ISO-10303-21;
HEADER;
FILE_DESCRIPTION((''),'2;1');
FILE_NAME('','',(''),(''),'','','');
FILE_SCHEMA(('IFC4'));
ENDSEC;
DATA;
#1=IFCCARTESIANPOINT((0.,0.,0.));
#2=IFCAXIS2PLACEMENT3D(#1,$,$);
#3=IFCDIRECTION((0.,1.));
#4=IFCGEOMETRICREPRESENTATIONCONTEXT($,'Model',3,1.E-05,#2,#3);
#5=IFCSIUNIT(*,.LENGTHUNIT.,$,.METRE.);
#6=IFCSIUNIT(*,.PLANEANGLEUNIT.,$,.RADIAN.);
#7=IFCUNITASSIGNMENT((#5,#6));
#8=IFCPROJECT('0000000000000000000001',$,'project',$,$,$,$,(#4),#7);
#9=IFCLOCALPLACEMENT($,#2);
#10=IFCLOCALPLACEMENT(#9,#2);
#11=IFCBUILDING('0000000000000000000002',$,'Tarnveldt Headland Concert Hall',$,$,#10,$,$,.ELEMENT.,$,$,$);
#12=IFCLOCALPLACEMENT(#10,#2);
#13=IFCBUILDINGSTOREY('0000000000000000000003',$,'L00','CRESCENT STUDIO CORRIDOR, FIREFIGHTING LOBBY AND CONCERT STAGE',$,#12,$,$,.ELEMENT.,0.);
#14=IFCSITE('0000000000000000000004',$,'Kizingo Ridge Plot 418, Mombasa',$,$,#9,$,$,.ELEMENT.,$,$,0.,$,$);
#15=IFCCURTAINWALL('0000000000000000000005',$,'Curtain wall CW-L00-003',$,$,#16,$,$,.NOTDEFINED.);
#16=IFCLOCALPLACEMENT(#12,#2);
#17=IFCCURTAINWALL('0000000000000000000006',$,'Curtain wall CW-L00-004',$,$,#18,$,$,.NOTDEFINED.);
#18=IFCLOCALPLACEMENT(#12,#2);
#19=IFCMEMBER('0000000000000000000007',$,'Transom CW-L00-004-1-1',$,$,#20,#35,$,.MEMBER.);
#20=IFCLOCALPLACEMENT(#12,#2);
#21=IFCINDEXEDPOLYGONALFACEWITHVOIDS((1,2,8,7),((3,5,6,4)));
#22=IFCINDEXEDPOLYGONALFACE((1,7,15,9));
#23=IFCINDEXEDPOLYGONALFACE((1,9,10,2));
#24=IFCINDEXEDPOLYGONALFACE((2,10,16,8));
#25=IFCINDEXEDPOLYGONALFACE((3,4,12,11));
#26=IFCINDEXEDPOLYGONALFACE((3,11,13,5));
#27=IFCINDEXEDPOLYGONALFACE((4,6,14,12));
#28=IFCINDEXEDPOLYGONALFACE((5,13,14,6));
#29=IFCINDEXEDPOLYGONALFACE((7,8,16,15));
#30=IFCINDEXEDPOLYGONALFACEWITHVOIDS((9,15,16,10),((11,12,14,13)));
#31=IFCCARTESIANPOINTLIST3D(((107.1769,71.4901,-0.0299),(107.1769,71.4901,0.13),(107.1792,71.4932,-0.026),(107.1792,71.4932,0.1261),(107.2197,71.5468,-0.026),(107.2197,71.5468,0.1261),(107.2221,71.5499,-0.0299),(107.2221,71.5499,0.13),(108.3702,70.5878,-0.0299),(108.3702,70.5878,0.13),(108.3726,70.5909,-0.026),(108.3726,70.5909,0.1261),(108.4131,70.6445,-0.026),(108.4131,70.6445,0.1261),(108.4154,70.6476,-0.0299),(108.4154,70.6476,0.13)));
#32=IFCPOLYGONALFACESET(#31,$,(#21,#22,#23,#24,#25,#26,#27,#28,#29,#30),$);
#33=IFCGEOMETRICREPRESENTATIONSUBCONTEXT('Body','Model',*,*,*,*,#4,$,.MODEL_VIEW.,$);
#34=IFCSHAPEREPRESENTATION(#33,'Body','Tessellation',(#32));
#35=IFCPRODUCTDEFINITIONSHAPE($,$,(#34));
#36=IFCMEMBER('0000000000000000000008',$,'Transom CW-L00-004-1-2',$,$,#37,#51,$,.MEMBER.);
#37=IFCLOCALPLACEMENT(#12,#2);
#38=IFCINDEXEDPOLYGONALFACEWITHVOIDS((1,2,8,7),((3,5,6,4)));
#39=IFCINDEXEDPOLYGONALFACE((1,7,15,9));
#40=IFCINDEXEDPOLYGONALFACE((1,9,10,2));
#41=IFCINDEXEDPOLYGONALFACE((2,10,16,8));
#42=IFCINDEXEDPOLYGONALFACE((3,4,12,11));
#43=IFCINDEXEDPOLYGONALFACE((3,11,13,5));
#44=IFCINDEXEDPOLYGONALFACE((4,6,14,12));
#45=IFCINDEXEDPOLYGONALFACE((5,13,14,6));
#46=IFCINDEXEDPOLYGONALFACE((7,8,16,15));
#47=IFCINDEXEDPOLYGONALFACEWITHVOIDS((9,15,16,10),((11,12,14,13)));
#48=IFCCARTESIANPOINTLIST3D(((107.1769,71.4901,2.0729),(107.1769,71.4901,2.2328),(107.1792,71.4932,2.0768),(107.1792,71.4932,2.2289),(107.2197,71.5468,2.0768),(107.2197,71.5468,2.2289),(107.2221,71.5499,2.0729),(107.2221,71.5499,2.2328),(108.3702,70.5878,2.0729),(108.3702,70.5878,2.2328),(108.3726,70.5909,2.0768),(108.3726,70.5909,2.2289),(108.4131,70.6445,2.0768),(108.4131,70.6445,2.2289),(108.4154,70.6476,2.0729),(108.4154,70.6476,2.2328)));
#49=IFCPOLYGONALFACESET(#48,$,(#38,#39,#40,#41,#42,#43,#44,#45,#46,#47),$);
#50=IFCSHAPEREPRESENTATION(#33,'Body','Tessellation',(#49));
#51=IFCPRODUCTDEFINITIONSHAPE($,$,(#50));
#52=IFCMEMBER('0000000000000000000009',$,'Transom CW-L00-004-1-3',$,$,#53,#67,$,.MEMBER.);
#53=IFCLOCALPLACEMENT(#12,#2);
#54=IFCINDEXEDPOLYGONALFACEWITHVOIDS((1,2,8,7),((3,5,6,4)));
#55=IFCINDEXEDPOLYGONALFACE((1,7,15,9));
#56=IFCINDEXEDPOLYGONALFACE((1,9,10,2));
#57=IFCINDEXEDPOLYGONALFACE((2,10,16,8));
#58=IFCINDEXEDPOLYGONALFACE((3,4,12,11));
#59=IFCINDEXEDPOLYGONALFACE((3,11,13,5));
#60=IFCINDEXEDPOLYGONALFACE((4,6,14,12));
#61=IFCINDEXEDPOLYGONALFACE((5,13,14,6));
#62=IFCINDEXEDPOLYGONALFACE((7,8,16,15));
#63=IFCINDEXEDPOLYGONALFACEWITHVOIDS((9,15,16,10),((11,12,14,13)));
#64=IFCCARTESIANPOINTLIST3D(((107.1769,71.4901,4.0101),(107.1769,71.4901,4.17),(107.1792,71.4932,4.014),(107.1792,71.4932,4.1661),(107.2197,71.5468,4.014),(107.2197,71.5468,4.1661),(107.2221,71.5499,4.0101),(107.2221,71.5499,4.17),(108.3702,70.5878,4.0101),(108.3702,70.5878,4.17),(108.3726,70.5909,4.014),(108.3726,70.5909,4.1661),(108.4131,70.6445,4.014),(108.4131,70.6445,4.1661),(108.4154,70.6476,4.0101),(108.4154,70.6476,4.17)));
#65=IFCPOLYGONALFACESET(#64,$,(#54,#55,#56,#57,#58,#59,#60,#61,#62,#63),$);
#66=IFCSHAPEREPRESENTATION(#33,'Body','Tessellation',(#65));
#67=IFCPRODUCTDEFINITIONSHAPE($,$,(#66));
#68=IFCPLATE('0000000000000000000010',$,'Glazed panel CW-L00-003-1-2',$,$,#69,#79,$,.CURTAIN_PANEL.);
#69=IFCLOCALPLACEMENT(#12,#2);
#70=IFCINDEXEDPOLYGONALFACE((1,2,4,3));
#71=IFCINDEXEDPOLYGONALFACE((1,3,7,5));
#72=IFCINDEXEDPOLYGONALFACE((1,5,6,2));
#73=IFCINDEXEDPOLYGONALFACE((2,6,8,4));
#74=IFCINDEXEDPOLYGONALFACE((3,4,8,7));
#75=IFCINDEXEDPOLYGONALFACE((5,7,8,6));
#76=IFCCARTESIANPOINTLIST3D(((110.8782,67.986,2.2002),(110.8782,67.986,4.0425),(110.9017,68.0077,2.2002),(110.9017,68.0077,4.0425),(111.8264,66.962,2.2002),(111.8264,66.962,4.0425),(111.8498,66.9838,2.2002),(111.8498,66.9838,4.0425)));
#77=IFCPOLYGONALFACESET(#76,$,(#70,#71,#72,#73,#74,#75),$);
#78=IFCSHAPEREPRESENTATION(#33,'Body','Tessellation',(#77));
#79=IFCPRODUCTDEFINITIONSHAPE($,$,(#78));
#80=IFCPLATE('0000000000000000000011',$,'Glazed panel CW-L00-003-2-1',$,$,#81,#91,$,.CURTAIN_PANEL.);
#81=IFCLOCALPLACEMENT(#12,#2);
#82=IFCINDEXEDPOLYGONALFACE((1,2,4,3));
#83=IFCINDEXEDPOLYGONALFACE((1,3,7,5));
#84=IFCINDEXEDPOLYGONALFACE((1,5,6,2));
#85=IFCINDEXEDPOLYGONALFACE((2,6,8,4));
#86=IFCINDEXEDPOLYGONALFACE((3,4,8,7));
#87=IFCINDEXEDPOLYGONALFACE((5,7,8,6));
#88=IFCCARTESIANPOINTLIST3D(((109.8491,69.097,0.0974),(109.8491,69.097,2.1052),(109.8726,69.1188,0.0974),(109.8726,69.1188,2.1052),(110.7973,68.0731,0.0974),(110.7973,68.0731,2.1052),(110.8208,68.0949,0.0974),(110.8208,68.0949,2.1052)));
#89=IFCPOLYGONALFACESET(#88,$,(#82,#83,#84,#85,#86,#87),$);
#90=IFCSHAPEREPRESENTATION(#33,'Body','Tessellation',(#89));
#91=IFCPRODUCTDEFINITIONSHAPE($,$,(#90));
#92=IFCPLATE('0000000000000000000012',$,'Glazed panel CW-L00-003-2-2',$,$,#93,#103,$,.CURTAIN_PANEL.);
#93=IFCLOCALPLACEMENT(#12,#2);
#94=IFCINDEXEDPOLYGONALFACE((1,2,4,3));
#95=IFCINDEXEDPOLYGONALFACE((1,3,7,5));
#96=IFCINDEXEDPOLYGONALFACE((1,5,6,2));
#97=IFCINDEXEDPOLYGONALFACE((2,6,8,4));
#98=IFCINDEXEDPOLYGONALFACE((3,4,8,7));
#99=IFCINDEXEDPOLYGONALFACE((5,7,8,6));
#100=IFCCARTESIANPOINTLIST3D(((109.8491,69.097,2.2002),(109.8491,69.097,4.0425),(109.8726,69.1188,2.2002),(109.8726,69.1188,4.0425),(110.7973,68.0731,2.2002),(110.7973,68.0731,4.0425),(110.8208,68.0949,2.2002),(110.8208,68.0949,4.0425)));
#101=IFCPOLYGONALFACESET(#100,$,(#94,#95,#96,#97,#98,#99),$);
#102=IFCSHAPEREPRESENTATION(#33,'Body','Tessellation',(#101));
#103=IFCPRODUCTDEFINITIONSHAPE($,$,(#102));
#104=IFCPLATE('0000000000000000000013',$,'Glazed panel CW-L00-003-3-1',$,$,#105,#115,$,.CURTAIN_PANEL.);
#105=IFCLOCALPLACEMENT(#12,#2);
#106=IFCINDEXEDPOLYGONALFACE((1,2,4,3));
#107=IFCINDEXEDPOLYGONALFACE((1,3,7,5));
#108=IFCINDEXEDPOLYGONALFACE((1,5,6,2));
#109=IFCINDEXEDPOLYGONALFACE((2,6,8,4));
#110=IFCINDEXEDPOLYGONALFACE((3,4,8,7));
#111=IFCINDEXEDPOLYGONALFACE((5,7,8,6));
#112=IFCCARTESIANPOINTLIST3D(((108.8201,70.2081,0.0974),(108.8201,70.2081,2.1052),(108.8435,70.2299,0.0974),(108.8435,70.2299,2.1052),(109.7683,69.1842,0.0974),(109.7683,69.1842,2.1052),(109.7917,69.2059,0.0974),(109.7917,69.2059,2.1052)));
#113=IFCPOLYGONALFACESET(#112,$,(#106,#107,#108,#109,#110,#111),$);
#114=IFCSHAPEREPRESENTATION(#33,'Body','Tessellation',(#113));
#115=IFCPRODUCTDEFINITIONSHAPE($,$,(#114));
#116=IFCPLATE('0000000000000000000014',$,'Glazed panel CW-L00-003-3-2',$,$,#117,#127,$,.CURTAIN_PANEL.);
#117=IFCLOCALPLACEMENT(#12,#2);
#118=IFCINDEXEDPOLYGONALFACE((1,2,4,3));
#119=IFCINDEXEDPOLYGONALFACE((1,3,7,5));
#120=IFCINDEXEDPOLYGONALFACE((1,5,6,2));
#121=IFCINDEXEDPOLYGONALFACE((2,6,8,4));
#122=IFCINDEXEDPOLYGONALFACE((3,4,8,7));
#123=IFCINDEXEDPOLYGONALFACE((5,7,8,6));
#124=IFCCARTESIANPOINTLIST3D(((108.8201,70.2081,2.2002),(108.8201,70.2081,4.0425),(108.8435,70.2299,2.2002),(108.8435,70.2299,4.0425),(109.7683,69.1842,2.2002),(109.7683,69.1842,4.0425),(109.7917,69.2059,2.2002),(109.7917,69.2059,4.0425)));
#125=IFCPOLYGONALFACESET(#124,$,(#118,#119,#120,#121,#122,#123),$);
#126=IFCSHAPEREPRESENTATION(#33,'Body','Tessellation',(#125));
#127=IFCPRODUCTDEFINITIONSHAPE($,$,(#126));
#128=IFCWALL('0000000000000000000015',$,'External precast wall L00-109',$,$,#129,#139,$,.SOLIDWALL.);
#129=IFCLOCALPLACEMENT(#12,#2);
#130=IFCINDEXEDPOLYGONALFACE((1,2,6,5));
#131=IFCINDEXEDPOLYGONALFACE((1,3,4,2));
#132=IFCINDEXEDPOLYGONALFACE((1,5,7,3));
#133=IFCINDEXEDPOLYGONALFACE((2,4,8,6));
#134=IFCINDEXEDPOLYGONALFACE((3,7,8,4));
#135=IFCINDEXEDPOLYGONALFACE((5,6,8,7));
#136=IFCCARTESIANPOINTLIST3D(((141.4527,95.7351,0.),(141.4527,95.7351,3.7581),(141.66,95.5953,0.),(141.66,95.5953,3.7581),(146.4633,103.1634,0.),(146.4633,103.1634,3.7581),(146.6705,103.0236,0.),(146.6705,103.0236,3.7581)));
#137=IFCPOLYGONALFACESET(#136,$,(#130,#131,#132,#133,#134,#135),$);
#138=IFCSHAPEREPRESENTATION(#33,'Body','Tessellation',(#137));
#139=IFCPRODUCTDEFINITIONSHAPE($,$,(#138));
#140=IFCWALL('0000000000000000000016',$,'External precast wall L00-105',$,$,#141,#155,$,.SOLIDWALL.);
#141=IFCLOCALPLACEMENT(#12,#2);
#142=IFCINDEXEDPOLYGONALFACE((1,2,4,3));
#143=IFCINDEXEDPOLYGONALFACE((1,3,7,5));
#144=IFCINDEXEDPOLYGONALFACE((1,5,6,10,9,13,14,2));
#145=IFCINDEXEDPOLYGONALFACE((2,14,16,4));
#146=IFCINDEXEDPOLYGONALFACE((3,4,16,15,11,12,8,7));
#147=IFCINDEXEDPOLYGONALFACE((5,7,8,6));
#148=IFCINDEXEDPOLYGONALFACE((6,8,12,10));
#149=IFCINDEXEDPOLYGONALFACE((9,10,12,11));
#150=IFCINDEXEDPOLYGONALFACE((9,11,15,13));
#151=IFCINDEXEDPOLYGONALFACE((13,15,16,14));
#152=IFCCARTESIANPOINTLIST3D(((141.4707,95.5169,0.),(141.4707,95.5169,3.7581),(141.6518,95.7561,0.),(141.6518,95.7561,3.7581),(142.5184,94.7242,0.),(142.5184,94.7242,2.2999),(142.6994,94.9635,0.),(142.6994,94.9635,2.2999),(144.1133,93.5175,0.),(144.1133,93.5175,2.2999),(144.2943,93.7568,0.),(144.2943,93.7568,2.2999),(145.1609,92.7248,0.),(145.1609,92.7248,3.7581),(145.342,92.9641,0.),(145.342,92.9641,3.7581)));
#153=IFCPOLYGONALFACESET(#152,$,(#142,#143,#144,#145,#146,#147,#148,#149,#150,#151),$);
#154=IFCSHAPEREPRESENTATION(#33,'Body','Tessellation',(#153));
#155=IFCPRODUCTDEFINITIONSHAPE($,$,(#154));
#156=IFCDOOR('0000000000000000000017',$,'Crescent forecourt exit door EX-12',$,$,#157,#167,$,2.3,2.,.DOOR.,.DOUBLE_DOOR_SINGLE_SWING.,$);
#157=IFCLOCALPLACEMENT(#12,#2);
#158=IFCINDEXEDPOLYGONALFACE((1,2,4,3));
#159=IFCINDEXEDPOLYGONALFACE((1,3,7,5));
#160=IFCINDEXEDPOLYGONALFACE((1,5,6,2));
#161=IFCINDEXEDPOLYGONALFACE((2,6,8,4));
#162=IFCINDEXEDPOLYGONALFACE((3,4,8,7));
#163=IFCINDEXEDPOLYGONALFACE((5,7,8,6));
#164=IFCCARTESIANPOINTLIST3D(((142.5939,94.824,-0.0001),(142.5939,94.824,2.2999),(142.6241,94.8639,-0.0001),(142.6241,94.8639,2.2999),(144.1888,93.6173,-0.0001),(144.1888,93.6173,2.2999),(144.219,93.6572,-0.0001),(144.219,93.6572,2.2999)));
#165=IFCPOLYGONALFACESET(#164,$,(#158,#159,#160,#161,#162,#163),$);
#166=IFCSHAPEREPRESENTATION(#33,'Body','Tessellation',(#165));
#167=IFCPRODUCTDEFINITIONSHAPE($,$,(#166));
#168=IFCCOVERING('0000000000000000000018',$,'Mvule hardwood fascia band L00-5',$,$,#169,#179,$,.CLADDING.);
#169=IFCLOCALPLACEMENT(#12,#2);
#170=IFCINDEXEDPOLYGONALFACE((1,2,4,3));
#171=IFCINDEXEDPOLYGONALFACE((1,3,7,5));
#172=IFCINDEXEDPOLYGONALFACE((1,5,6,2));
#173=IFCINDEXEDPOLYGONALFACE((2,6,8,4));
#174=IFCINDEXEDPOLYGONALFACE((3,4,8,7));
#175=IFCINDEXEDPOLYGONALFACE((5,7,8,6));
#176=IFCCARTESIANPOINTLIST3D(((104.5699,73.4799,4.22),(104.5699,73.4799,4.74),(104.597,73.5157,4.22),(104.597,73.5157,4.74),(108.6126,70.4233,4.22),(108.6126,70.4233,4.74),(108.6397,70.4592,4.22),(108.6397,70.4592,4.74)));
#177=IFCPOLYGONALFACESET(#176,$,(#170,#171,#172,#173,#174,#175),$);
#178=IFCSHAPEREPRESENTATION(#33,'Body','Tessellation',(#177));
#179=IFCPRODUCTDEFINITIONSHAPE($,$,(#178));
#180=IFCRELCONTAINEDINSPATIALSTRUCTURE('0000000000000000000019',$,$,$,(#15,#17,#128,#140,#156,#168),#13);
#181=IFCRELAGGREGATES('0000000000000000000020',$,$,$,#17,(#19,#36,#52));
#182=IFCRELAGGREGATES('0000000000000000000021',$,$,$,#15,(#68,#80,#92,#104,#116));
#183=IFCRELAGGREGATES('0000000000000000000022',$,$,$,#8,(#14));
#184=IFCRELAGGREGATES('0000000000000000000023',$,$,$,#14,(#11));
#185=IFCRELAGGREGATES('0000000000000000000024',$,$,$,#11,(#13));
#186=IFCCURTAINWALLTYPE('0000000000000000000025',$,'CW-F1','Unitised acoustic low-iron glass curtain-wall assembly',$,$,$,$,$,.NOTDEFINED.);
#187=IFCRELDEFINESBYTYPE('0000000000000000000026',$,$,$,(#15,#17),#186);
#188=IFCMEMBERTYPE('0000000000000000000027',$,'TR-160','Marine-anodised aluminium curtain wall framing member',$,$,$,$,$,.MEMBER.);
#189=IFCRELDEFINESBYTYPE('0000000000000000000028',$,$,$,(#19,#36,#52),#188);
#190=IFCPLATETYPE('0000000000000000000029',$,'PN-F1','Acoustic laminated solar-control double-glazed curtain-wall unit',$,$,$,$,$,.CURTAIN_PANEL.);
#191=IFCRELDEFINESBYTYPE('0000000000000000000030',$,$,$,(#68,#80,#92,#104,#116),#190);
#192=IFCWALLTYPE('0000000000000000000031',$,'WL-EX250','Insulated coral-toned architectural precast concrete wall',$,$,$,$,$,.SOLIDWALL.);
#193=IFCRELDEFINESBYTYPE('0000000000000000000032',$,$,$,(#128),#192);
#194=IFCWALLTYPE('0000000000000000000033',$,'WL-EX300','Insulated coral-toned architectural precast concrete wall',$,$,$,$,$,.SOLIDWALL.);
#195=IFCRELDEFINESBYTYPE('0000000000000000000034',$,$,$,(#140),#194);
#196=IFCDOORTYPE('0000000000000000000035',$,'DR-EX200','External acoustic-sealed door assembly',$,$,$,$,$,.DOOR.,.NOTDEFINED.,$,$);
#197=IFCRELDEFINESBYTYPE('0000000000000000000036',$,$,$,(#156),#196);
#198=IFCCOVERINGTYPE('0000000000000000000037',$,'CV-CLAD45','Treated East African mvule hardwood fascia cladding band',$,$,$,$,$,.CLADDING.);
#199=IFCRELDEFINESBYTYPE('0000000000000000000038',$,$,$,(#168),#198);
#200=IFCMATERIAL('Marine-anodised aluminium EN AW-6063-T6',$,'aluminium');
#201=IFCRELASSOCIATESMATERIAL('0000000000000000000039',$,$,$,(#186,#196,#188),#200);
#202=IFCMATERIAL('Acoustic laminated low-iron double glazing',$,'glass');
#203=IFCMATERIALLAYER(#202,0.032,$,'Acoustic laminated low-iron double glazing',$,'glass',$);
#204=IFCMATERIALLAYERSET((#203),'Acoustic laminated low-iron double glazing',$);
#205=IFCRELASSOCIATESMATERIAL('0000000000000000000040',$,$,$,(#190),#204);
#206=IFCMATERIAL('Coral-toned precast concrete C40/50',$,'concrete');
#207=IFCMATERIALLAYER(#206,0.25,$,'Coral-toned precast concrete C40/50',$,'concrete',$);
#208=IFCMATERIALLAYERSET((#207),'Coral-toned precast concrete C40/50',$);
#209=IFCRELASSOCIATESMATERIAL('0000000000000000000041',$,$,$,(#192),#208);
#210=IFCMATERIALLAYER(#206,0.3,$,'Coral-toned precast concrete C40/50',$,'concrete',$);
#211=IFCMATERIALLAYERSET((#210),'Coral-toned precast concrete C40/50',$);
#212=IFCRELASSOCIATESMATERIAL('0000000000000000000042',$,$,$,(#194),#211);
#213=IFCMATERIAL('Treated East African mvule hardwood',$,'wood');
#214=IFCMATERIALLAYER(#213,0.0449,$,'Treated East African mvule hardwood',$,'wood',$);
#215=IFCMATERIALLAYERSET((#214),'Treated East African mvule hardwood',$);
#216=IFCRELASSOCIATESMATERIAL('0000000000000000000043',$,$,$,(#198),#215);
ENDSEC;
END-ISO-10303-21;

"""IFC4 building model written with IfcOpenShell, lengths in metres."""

from ifc_helpers import new_model, si_unit, direction, frame, frame_2d, origin, origin_2d, place, context, subcontext, project, spatial, rectangle, hollow_rectangle, extrude, material, layer, layer_set, material_profile, profile_set, type_object, element, fill, aggregate, save


model = new_model("IFC4")

# Units and contexts
model_context = context("Model", 3, precision=1e-05, world=origin(), true_north=direction((0.0, 1.0)))
body_context = subcontext(model_context, "Body", "Model", "MODEL_VIEW")
ifc_project = project(units=[si_unit("LENGTHUNIT", "METRE"), si_unit("PLANEANGLEUNIT", "RADIAN")], contexts=[model_context])

# Site, building, storey
site_placement = place(None, origin())
site = spatial("IfcSite", under=ifc_project, at=site_placement, Name="Kizingo Ridge Plot 418, Mombasa", CompositionType="ELEMENT", RefElevation=0.0)
building_placement = place(site_placement, origin())
building = spatial("IfcBuilding", under=site, at=building_placement, Name="Tarnveldt Headland Concert Hall", CompositionType="ELEMENT")
storey_placement = place(building_placement, origin())
storey = spatial("IfcBuildingStorey", under=building, at=storey_placement, Name="L00", Description="CRESCENT STUDIO CORRIDOR, FIREFIGHTING LOBBY AND CONCERT STAGE", CompositionType="ELEMENT", Elevation=0.0)

# Shared definitions
ifc_material_1 = material(Name="Marine-anodised aluminium EN AW-6063-T6", Category="aluminium")

# Curtain wall
curtain_wall_type_1 = type_object("IfcCurtainWallType", Name="CW-F1", Description="Unitised acoustic low-iron glass curtain-wall assembly", PredefinedType="NOTDEFINED", material=ifc_material_1)
curtain_wall_1_placement = place(storey_placement, origin())
curtain_wall_1 = element("IfcCurtainWall", 1, at=curtain_wall_1_placement, inside=storey, type_object=curtain_wall_type_1, Name="Curtain wall CW-L00-003", PredefinedType="NOTDEFINED")

# Curtain wall
curtain_wall_2_placement = place(storey_placement, origin())
curtain_wall_2 = element("IfcCurtainWall", 2, at=curtain_wall_2_placement, inside=storey, type_object=curtain_wall_type_1, Name="Curtain wall CW-L00-004", PredefinedType="NOTDEFINED")

# Members
ifc_material_profile_1 = material_profile(ifc_material_1, hollow_rectangle(XDim=0.075, YDim=0.1599, WallThickness=0.0039, at=origin_2d()), Name="ALU TRANSOM 75x160x4", Category="aluminium")
ifc_profile_set_1 = profile_set([ifc_material_profile_1], Name="Marine-anodised aluminium EN AW-6063-T6")
member_type_1 = type_object("IfcMemberType", Name="TR-160", Description="Marine-anodised aluminium curtain wall framing member", PredefinedType="MEMBER", material=ifc_profile_set_1)
member_1_placement = place(storey_placement, frame((108.3928, 70.6177, 0.05), z_axis=(-0.797644, 0.603129, 0.0), x_axis=(-0.603129, -0.797644, 0.0)))
member_1 = element("IfcMember", 3, at=member_1_placement, type_object=member_type_1, Name="Transom CW-L00-004-1-1", PredefinedType="MEMBER", context=body_context, shape_type="SweptSolid", body=[
    extrude(hollow_rectangle(XDim=0.075, YDim=0.1599, WallThickness=0.0039, at=origin_2d()), origin(), (0.0, 0.0, 1.0), 1.4961),
])
member_2_placement = place(storey_placement, frame((108.3928, 70.6177, 2.1528), z_axis=(-0.797644, 0.603129, 0.0), x_axis=(-0.603129, -0.797644, 0.0)))
member_2 = element("IfcMember", 4, at=member_2_placement, type_object=member_type_1, Name="Transom CW-L00-004-1-2", PredefinedType="MEMBER", context=body_context, shape_type="SweptSolid", body=[
    extrude(hollow_rectangle(XDim=0.075, YDim=0.1599, WallThickness=0.0039, at=origin_2d()), origin(), (0.0, 0.0, 1.0), 1.4961),
])
member_3_placement = place(storey_placement, frame((108.3928, 70.6177, 4.0901), z_axis=(-0.797644, 0.603129, 0.0), x_axis=(-0.603129, -0.797644, 0.0)))
member_3 = element("IfcMember", 5, at=member_3_placement, type_object=member_type_1, Name="Transom CW-L00-004-1-3", PredefinedType="MEMBER", context=body_context, shape_type="SweptSolid", body=[
    extrude(hollow_rectangle(XDim=0.075, YDim=0.1599, WallThickness=0.0039, at=origin_2d()), origin(), (0.0, 0.0, 1.0), 1.4961),
])
aggregate(curtain_wall_2, [member_1, member_2, member_3])

# Plates
ifc_material_2 = material(Name="Acoustic laminated low-iron double glazing", Category="glass")
ifc_layer_1 = layer(ifc_material_2, 0.032, Name="Acoustic laminated low-iron double glazing", Category="glass")
ifc_layer_set_1 = layer_set([ifc_layer_1], Name="Acoustic laminated low-iron double glazing")
plate_type = type_object("IfcPlateType", Name="PN-F1", Description="Acoustic laminated solar-control double-glazed curtain-wall unit", PredefinedType="CURTAIN_PANEL", material=ifc_layer_set_1)
plate_1_placement = place(storey_placement, frame((111.364, 67.4849, 2.2002), z_axis=(0.0, 0.0, 1.0), x_axis=(-0.679454, 0.733718, 0.0)))
plate_1 = element("IfcPlate", 6, at=plate_1_placement, type_object=plate_type, Name="Glazed panel CW-L00-003-1-2", PredefinedType="CURTAIN_PANEL", context=body_context, shape_type="SweptSolid", body=[
    extrude(rectangle(XDim=1.3955, YDim=0.032, at=origin_2d()), origin(), (0.0, 0.0, 1.0), 1.8423),
])
plate_2_placement = place(storey_placement, frame((110.335, 68.5959, 0.0974), z_axis=(0.0, 0.0, 1.0), x_axis=(-0.679454, 0.733718, 0.0)))
plate_2 = element("IfcPlate", 7, at=plate_2_placement, type_object=plate_type, Name="Glazed panel CW-L00-003-2-1", PredefinedType="CURTAIN_PANEL", context=body_context, shape_type="SweptSolid", body=[
    extrude(rectangle(XDim=1.3955, YDim=0.032, at=origin_2d()), origin(), (0.0, 0.0, 1.0), 2.0078),
])
plate_3_placement = place(storey_placement, frame((110.335, 68.5959, 2.2002), z_axis=(0.0, 0.0, 1.0), x_axis=(-0.679454, 0.733718, 0.0)))
plate_3 = element("IfcPlate", 8, at=plate_3_placement, type_object=plate_type, Name="Glazed panel CW-L00-003-2-2", PredefinedType="CURTAIN_PANEL", context=body_context, shape_type="SweptSolid", body=[
    extrude(rectangle(XDim=1.3955, YDim=0.032, at=origin_2d()), origin(), (0.0, 0.0, 1.0), 1.8423),
])
plate_4_placement = place(storey_placement, frame((109.3059, 69.707, 0.0974), z_axis=(0.0, 0.0, 1.0), x_axis=(-0.679454, 0.733718, 0.0)))
plate_4 = element("IfcPlate", 9, at=plate_4_placement, type_object=plate_type, Name="Glazed panel CW-L00-003-3-1", PredefinedType="CURTAIN_PANEL", context=body_context, shape_type="SweptSolid", body=[
    extrude(rectangle(XDim=1.3955, YDim=0.032, at=origin_2d()), origin(), (0.0, 0.0, 1.0), 2.0078),
])
plate_5_placement = place(storey_placement, frame((109.3059, 69.707, 2.2002), z_axis=(0.0, 0.0, 1.0), x_axis=(-0.679454, 0.733718, 0.0)))
plate_5 = element("IfcPlate", 10, at=plate_5_placement, type_object=plate_type, Name="Glazed panel CW-L00-003-3-2", PredefinedType="CURTAIN_PANEL", context=body_context, shape_type="SweptSolid", body=[
    extrude(rectangle(XDim=1.3955, YDim=0.032, at=origin_2d()), origin(), (0.0, 0.0, 1.0), 1.8423),
])
aggregate(curtain_wall_1, [plate_1, plate_2, plate_3, plate_4, plate_5])

# Wall
ifc_material_3 = material(Name="Coral-toned precast concrete C40/50", Category="concrete")
ifc_layer_2 = layer(ifc_material_3, 0.25, Name="Coral-toned precast concrete C40/50", Category="concrete")
ifc_layer_set_2 = layer_set([ifc_layer_2], Name="Coral-toned precast concrete C40/50")
wall_type_1 = type_object("IfcWallType", Name="WL-EX250", Description="Insulated coral-toned architectural precast concrete wall", PredefinedType="SOLIDWALL", material=ifc_layer_set_2)
wall_1_placement = place(storey_placement, frame((141.5564, 95.6653, 0.0), z_axis=(0.0, 0.0, 1.0), x_axis=(0.5592, 0.829032, 0.0)))
element("IfcWall", 11, at=wall_1_placement, inside=storey, type_object=wall_type_1, Name="External precast wall L00-109", PredefinedType="SOLIDWALL", context=body_context, shape_type="SweptSolid", body=[
    extrude(rectangle(XDim=8.9602, YDim=0.25, at=frame_2d((4.48, 0.0))), origin(), (0.0, 0.0, 1.0), 3.7581),
])

# Wall, opening, door
ifc_layer_3 = layer(ifc_material_3, 0.3, Name="Coral-toned precast concrete C40/50", Category="concrete")
ifc_layer_set_3 = layer_set([ifc_layer_3], Name="Coral-toned precast concrete C40/50")
wall_type_2 = type_object("IfcWallType", Name="WL-EX300", Description="Insulated coral-toned architectural precast concrete wall", PredefinedType="SOLIDWALL", material=ifc_layer_set_3)
wall_2_placement = place(storey_placement, frame((145.2515, 92.8445, 0.0), z_axis=(0.0, 0.0, 1.0), x_axis=(-0.797467, 0.603363, 0.0)))
wall_2 = element("IfcWall", 12, at=wall_2_placement, inside=storey, type_object=wall_type_2, Name="External precast wall L00-105", PredefinedType="SOLIDWALL", context=body_context, shape_type="SweptSolid", body=[
    extrude(rectangle(XDim=4.6274, YDim=0.3, at=frame_2d((2.3137, 0.0))), origin(), (0.0, 0.0, 1.0), 3.7581),
])
opening_placement = place(wall_2_placement, frame((1.3137, 0.0, 0.0)))
opening = element("IfcOpeningElement", 13, at=opening_placement, cuts=wall_2, PredefinedType="OPENING", context=body_context, shape_type="SweptSolid", body=[
    extrude(rectangle(XDim=2.0, YDim=2.3, at=frame_2d((1.0, 1.1499))), frame((0.0, 0.1599, 0.0), z_axis=(0.0, -1.0, 0.0), x_axis=(1.0, 0.0, 0.0)), (0.0, 0.0, 1.0), 0.3201),
])
door_type = type_object("IfcDoorType", Name="DR-EX200", Description="External acoustic-sealed door assembly", OperationType="NOTDEFINED", PredefinedType="DOOR", material=ifc_material_1)
door_placement = place(opening_placement, origin())
door = element("IfcDoor", 14, at=door_placement, inside=storey, type_object=door_type, Name="Crescent forecourt exit door EX-12", OperationType="DOUBLE_DOOR_SINGLE_SWING", OverallHeight=2.3, OverallWidth=2.0, PredefinedType="DOOR", context=body_context, shape_type="SweptSolid", body=[
    extrude(rectangle(XDim=2.0, YDim=2.3, at=frame_2d((1.0, 1.1499))), frame((0.0, 0.0249, 0.0), z_axis=(0.0, -1.0, 0.0), x_axis=(1.0, 0.0, 0.0)), (0.0, 0.0, 1.0), 0.05),
])
fill(opening, door)

# Covering
ifc_material_4 = material(Name="Treated East African mvule hardwood", Category="wood")
ifc_layer_4 = layer(ifc_material_4, 0.0449, Name="Treated East African mvule hardwood", Category="wood")
ifc_layer_set_4 = layer_set([ifc_layer_4], Name="Treated East African mvule hardwood")
covering_type_1 = type_object("IfcCoveringType", Name="CV-CLAD45", Description="Treated East African mvule hardwood fascia cladding band", PredefinedType="CLADDING", material=ifc_layer_set_4)
covering_placement = place(storey_placement, frame((108.6262, 70.4412, 4.22), z_axis=(0.0, 0.0, 1.0), x_axis=(-0.797664, 0.603102, 0.0)))
element("IfcCovering", 15, at=covering_placement, inside=storey, type_object=covering_type_1, Name="Mvule hardwood fascia band L00-5", PredefinedType="CLADDING", context=body_context, shape_type="SweptSolid", body=[
    extrude(rectangle(XDim=5.0681, YDim=0.0449, at=frame_2d((2.5342, 0.0))), origin(), (0.0, 0.0, 1.0), 0.52),
])

save(model, "model.ifc")
